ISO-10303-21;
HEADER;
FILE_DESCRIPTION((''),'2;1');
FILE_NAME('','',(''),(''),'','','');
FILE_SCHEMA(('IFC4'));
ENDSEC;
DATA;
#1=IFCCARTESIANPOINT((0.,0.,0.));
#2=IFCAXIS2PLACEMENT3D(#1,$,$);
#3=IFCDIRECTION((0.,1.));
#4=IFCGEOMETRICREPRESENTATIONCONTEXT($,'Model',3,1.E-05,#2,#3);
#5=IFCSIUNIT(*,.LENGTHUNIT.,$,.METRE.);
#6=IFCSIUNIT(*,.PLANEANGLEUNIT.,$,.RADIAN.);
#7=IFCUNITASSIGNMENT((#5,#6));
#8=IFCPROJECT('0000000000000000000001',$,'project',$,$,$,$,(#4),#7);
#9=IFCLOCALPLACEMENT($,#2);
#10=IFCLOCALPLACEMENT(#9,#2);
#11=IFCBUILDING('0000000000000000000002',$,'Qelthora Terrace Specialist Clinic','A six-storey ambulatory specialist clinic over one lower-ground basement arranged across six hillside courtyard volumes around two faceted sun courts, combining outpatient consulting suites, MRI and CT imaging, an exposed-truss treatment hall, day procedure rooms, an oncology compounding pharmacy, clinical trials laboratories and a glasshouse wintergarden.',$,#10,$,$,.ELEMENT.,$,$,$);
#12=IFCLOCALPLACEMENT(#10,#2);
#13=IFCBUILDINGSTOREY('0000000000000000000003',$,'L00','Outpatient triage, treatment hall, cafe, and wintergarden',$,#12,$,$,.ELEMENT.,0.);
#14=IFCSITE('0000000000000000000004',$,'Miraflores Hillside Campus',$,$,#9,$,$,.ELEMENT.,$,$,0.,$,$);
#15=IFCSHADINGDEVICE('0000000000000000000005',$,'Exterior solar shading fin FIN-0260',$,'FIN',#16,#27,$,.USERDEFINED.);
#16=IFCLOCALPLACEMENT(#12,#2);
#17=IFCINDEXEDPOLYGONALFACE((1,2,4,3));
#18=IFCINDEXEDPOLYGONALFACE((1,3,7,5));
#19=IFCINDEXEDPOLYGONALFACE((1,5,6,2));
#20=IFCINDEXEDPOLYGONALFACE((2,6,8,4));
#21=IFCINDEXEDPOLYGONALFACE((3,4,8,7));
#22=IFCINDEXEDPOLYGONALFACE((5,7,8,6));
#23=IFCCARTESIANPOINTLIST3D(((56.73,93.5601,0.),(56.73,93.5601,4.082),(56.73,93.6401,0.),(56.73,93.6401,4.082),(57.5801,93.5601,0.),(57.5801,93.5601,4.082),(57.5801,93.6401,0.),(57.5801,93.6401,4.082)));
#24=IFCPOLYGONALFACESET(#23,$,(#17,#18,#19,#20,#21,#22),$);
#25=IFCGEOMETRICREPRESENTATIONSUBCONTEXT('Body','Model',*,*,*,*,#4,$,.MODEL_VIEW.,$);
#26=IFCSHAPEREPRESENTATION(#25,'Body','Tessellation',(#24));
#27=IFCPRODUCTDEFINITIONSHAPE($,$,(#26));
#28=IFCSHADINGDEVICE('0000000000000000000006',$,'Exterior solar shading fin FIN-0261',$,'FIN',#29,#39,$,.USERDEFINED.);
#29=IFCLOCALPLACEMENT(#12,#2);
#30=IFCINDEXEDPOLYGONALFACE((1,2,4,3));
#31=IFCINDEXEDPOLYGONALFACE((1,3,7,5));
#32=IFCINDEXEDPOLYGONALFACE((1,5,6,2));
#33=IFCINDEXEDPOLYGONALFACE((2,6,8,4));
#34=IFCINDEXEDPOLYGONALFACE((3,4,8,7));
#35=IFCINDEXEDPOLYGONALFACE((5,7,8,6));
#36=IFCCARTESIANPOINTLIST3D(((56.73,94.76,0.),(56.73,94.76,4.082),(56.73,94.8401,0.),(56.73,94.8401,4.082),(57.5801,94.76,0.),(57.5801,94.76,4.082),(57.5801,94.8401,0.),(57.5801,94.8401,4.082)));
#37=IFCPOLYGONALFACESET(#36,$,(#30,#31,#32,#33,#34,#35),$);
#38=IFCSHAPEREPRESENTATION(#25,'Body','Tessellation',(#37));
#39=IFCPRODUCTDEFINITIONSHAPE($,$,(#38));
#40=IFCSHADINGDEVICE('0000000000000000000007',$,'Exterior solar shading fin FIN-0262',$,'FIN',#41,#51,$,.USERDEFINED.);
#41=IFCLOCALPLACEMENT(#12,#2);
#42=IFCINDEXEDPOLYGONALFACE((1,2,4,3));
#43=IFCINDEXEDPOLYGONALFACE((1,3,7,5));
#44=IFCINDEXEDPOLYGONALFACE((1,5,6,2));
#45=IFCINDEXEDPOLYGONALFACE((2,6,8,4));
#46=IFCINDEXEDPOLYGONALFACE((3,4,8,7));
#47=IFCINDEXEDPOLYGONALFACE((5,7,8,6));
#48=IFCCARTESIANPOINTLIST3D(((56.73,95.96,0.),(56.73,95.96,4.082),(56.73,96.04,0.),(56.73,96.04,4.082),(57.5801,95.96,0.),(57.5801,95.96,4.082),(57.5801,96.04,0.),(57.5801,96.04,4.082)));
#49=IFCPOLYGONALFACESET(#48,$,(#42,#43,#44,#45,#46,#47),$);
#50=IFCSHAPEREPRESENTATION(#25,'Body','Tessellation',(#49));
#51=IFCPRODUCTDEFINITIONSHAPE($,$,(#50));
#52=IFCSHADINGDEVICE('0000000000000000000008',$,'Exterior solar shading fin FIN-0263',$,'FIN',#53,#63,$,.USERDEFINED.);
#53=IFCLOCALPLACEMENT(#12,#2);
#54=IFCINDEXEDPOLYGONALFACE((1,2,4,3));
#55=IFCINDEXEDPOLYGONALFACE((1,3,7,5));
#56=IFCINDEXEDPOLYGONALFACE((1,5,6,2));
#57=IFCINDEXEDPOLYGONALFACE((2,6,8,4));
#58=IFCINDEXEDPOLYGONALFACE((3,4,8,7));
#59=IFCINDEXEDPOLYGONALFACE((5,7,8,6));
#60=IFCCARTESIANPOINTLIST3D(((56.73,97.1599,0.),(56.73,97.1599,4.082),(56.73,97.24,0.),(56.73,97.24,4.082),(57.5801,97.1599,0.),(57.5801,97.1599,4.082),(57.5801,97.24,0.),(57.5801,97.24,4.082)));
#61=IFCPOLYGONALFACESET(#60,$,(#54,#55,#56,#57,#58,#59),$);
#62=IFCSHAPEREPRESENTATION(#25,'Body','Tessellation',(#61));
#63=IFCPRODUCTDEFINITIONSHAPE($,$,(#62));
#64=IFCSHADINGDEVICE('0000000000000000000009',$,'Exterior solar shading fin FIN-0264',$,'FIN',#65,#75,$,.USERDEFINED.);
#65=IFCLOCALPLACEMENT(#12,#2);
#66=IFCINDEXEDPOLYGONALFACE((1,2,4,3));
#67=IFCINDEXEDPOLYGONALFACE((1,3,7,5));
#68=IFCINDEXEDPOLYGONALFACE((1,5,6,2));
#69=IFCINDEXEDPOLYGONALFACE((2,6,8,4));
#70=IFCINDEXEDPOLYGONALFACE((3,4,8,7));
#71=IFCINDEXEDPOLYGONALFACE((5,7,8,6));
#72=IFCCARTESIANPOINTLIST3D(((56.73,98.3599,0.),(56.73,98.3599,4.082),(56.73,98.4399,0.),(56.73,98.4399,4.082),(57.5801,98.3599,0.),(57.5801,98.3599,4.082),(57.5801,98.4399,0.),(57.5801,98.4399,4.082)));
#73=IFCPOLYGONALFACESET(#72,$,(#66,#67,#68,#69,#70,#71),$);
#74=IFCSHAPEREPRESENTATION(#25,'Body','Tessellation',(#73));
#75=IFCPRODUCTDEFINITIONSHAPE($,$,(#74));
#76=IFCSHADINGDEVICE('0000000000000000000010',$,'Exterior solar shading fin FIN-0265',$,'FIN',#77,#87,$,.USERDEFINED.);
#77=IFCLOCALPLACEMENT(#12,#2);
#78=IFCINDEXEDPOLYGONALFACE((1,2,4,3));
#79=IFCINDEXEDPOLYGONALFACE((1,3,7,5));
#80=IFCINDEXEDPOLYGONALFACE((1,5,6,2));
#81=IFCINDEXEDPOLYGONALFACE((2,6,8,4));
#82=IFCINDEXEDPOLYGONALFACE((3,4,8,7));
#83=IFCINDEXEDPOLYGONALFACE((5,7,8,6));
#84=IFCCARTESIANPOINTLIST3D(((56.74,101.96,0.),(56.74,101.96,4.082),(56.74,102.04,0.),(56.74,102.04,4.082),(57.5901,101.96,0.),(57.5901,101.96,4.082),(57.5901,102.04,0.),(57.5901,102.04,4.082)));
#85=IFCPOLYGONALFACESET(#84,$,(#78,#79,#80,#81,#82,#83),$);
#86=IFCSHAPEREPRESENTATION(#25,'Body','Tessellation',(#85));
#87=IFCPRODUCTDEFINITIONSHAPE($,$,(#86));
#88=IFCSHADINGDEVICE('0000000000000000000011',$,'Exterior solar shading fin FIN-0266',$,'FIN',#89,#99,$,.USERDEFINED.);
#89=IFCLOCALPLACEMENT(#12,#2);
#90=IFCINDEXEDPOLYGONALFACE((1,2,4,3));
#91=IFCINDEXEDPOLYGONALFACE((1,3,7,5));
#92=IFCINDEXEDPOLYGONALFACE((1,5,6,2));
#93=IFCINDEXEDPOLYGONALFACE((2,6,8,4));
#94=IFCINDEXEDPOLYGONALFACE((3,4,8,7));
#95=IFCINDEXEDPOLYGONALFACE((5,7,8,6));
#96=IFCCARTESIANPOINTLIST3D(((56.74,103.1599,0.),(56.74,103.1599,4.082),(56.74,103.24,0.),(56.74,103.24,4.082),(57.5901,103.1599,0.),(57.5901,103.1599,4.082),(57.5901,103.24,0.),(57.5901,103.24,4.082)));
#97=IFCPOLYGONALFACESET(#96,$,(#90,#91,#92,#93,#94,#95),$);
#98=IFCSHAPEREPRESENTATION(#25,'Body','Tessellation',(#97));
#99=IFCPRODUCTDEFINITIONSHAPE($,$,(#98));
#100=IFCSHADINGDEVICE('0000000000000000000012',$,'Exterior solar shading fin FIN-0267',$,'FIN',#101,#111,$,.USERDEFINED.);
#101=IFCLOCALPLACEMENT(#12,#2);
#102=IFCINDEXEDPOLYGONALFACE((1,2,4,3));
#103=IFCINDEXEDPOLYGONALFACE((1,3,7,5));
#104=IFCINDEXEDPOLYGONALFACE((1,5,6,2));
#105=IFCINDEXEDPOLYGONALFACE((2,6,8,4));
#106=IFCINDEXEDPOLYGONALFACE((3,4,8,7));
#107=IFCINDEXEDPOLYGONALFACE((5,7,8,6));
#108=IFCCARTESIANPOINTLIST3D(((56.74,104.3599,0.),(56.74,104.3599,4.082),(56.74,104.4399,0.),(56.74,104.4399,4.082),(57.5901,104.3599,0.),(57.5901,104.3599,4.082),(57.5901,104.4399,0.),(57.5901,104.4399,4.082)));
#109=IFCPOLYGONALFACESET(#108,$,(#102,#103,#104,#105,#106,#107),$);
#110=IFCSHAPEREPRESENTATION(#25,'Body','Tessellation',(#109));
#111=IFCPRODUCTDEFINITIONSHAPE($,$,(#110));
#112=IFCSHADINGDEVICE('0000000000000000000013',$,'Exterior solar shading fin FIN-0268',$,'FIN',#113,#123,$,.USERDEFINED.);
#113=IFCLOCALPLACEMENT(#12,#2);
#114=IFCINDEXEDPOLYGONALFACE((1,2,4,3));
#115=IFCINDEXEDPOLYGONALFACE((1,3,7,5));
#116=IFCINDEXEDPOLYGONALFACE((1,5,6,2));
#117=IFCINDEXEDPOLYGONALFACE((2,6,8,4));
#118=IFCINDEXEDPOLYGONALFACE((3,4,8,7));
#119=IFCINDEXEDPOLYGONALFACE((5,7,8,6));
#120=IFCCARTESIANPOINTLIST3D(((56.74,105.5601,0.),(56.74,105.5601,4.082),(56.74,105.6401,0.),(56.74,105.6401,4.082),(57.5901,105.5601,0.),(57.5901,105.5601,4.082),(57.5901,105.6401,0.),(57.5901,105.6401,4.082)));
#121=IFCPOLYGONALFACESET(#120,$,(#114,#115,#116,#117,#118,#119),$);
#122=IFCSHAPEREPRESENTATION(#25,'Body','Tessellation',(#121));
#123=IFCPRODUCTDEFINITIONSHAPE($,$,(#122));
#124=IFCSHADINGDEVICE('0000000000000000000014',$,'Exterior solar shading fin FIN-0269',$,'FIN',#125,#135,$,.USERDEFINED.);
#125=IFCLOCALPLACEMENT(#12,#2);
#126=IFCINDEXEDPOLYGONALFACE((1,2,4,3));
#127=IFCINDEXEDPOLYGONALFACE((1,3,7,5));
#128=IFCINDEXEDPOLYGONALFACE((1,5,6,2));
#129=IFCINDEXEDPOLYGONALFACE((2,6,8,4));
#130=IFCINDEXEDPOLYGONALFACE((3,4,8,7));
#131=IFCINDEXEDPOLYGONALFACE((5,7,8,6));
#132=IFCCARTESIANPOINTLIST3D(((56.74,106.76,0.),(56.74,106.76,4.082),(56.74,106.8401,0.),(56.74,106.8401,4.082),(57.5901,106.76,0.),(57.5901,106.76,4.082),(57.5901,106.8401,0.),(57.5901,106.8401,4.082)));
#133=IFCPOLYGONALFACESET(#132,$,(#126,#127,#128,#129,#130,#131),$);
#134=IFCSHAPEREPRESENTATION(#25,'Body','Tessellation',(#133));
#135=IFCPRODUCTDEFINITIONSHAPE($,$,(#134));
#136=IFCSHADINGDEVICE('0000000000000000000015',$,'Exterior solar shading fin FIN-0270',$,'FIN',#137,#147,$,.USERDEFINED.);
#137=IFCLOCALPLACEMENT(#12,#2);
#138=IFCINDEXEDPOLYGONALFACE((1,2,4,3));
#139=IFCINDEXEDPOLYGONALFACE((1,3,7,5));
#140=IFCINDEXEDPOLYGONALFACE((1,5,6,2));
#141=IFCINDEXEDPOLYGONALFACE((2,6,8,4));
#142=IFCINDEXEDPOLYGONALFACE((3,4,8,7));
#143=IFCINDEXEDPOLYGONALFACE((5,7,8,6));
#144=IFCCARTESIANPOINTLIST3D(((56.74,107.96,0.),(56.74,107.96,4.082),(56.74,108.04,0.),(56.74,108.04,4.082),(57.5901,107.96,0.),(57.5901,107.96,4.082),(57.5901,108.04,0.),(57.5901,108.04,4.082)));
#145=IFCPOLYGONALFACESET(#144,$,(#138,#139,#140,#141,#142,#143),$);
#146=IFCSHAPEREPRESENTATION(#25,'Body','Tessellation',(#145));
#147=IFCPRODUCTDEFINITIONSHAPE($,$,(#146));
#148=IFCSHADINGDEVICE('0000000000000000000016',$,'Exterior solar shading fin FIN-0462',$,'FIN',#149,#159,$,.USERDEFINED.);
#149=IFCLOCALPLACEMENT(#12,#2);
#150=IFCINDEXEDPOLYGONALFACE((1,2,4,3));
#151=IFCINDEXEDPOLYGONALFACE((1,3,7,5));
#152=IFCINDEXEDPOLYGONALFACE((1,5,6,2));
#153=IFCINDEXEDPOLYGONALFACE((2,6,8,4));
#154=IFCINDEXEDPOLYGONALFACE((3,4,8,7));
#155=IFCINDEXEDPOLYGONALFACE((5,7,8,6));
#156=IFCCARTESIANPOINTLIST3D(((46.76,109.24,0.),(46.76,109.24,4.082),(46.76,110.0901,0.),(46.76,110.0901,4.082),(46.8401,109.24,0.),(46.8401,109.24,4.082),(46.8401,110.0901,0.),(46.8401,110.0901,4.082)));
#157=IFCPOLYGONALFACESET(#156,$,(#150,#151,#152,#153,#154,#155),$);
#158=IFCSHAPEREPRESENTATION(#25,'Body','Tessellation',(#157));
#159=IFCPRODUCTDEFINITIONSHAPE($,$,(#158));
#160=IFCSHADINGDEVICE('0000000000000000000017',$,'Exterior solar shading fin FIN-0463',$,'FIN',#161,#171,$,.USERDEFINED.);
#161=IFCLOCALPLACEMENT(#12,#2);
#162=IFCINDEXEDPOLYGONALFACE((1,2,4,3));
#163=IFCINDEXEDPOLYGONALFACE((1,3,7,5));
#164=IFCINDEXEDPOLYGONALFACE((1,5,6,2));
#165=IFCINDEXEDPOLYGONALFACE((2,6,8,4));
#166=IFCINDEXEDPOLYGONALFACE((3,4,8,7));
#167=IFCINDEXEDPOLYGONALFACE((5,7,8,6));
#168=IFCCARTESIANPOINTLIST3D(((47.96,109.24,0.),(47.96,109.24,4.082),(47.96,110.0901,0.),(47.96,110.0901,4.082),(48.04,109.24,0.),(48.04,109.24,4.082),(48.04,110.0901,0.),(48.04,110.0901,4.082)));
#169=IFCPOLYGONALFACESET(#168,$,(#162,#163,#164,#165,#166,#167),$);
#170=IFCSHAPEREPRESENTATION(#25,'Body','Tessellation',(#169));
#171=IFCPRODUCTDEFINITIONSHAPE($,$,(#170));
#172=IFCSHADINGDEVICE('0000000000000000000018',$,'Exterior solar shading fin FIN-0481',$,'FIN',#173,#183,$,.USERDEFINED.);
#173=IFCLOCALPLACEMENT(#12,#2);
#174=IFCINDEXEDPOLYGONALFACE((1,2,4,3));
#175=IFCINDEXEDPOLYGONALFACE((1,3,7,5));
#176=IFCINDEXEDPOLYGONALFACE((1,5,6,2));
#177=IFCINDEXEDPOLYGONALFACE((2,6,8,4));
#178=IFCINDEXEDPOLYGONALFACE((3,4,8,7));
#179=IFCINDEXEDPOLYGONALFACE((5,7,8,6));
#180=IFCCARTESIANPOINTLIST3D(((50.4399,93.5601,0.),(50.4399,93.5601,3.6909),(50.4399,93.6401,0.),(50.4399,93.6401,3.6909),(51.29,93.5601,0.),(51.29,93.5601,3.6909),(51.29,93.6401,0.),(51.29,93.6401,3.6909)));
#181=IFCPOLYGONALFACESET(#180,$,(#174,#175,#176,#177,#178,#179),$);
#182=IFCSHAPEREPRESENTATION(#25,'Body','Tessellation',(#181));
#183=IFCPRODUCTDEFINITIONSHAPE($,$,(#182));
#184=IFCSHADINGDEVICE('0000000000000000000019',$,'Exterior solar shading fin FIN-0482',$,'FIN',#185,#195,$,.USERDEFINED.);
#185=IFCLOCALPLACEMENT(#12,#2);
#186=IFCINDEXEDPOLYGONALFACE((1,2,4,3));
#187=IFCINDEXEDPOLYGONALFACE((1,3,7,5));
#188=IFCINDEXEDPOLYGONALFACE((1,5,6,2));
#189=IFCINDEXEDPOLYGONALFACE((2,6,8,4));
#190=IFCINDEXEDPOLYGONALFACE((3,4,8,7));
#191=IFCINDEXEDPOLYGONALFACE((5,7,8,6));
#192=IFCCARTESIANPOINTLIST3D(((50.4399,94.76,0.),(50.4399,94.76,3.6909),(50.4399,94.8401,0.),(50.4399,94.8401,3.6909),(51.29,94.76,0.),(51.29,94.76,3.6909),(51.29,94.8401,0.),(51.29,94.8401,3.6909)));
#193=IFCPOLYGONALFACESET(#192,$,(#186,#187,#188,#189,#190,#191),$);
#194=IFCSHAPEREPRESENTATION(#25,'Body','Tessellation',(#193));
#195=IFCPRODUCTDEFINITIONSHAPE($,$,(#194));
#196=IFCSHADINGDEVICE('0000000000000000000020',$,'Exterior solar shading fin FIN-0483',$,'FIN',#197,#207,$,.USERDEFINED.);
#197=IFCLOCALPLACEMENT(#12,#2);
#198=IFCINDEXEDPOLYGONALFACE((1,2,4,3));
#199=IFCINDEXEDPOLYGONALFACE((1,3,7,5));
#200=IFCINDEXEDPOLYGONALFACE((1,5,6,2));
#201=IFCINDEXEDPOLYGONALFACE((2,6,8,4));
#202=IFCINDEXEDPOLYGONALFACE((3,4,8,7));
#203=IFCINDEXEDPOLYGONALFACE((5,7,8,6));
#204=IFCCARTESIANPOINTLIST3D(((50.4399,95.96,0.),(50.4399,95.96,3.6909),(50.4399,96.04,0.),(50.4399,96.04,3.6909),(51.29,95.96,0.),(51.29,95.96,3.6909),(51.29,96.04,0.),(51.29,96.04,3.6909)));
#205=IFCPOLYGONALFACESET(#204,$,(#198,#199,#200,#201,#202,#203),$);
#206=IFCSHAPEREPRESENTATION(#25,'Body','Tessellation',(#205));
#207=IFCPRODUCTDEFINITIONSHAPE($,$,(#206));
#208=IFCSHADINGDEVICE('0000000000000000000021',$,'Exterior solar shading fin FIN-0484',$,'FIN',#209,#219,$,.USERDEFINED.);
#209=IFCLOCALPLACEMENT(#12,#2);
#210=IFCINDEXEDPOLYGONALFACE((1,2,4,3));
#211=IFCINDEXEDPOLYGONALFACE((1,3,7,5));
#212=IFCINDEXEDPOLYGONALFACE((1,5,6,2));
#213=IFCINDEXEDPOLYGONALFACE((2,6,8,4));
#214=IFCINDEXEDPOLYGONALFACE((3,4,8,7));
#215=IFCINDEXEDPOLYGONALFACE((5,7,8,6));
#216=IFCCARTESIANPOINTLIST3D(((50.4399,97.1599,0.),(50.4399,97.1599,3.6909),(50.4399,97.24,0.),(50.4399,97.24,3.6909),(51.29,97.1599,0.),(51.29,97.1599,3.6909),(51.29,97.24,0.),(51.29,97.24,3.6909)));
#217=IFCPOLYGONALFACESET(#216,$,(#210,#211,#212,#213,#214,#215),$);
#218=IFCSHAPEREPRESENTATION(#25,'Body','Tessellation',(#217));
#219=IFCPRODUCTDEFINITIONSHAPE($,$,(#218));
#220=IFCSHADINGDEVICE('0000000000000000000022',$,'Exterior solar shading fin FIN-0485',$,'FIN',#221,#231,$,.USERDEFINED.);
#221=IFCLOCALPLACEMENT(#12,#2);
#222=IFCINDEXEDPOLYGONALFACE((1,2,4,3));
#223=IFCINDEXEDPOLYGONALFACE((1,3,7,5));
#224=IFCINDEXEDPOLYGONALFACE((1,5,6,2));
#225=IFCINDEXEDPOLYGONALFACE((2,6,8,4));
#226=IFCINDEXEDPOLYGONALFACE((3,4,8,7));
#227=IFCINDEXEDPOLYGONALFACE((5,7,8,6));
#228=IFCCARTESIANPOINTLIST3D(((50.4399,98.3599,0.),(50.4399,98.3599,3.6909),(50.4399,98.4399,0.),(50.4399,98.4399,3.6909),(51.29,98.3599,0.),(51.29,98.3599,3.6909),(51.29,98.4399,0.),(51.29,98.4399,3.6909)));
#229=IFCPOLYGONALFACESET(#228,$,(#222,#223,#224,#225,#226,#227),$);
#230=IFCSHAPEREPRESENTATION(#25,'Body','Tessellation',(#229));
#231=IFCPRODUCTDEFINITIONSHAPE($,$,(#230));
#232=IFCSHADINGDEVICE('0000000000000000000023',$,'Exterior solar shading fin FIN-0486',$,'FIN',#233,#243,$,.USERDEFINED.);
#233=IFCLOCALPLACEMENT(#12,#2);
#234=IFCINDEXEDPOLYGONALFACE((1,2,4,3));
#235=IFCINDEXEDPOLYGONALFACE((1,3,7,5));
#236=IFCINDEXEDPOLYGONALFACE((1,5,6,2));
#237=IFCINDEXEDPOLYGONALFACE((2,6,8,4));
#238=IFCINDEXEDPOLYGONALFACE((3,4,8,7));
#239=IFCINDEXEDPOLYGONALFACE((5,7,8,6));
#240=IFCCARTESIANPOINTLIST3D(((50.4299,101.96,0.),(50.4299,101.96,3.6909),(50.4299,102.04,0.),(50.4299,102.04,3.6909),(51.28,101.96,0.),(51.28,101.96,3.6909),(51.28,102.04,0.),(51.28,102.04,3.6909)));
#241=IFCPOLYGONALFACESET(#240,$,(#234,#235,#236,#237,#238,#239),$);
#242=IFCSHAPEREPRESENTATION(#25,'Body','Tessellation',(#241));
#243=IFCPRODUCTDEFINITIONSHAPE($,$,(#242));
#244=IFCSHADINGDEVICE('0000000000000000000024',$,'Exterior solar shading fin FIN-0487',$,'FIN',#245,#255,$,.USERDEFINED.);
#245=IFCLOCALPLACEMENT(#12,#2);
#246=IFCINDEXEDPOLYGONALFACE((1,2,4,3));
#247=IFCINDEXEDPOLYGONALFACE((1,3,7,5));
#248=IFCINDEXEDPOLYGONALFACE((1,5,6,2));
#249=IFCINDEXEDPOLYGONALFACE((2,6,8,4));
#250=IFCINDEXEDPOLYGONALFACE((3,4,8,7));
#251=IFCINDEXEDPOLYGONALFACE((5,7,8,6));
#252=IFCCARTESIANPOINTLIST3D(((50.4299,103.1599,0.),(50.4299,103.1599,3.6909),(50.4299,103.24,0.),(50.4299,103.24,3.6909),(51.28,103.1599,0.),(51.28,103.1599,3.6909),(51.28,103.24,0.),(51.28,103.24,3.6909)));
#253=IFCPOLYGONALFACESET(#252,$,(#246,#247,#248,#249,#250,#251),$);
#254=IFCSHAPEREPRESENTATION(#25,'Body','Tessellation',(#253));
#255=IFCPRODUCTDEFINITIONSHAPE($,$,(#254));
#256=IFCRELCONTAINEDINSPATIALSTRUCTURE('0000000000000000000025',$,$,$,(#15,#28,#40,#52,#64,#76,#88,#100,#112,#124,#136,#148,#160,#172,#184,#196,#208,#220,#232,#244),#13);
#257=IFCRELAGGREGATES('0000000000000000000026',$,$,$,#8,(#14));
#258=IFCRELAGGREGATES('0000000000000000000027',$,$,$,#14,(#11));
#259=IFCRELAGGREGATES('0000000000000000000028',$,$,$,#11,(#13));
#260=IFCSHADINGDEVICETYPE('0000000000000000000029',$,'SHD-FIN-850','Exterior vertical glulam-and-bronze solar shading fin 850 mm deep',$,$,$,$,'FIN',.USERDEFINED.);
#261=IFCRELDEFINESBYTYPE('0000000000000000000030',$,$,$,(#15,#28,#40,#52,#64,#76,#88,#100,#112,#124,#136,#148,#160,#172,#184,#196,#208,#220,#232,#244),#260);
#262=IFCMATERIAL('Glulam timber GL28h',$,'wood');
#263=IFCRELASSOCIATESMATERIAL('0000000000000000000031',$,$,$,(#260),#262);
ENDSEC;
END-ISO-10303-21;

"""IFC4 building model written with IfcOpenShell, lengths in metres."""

from ifc_helpers import new_model, si_unit, direction, frame, origin, origin_2d, place, context, subcontext, project, spatial, rectangle, extrude, material, type_object, element, save


model = new_model("IFC4")

# Units and contexts
model_context = context("Model", 3, precision=1e-05, world=origin(), true_north=direction((0.0, 1.0)))
body_context = subcontext(model_context, "Body", "Model", "MODEL_VIEW")
ifc_project = project(units=[si_unit("LENGTHUNIT", "METRE"), si_unit("PLANEANGLEUNIT", "RADIAN")], contexts=[model_context])

# Site, building, storey
site_placement = place(None, origin())
site = spatial("IfcSite", under=ifc_project, at=site_placement, Name="Miraflores Hillside Campus", CompositionType="ELEMENT", RefElevation=0.0)
building_placement = place(site_placement, origin())
building = spatial("IfcBuilding", under=site, at=building_placement, Name="Qelthora Terrace Specialist Clinic", Description="A six-storey ambulatory specialist clinic over one lower-ground basement arranged across six hillside courtyard volumes around two faceted sun courts, combining outpatient consulting suites, MRI and CT imaging, an exposed-truss treatment hall, day procedure rooms, an oncology compounding pharmacy, clinical trials laboratories and a glasshouse wintergarden.", CompositionType="ELEMENT")
storey_placement = place(building_placement, origin())
storey = spatial("IfcBuildingStorey", under=building, at=storey_placement, Name="L00", Description="Outpatient triage, treatment hall, cafe, and wintergarden", CompositionType="ELEMENT", Elevation=0.0)

# Shading devices
ifc_material_1 = material(Name="Glulam timber GL28h", Category="wood")
shading_device_type = type_object("IfcShadingDeviceType", Name="SHD-FIN-850", Description="Exterior vertical glulam-and-bronze solar shading fin 850 mm deep", ElementType="FIN", PredefinedType="USERDEFINED", material=ifc_material_1)
for number, where, z_axis, x_axis, name in (
    (1, (57.155, 93.6001, 0.0), (0.0, 0.0, 1.0), (-1.0, 0.0, 0.0), "Exterior solar shading fin FIN-0260"),
    (2, (57.155, 94.8, 0.0), (0.0, 0.0, 1.0), (-1.0, 0.0, 0.0), "Exterior solar shading fin FIN-0261"),
    (3, (57.155, 96.0, 0.0), (0.0, 0.0, 1.0), (-1.0, 0.0, 0.0), "Exterior solar shading fin FIN-0262"),
    (4, (57.155, 97.2, 0.0), (0.0, 0.0, 1.0), (-1.0, 0.0, 0.0), "Exterior solar shading fin FIN-0263"),
    (5, (57.155, 98.3999, 0.0), (0.0, 0.0, 1.0), (-1.0, 0.0, 0.0), "Exterior solar shading fin FIN-0264"),
    (6, (57.165, 102.0, 0.0), (0.0, 0.0, 1.0), (-1.0, 0.0, 0.0), "Exterior solar shading fin FIN-0265"),
    (7, (57.165, 103.2, 0.0), (0.0, 0.0, 1.0), (-1.0, 0.0, 0.0), "Exterior solar shading fin FIN-0266"),
    (8, (57.165, 104.3999, 0.0), (0.0, 0.0, 1.0), (-1.0, 0.0, 0.0), "Exterior solar shading fin FIN-0267"),
    (9, (57.165, 105.6001, 0.0), (0.0, 0.0, 1.0), (-1.0, 0.0, 0.0), "Exterior solar shading fin FIN-0268"),
    (10, (57.165, 106.8, 0.0), (0.0, 0.0, 1.0), (-1.0, 0.0, 0.0), "Exterior solar shading fin FIN-0269"),
    (11, (57.165, 108.0, 0.0), (0.0, 0.0, 1.0), (-1.0, 0.0, 0.0), "Exterior solar shading fin FIN-0270"),
    (12, (46.8, 109.665, 0.0), (0.0, 0.0, 1.0), (0.0, 1.0, 0.0), "Exterior solar shading fin FIN-0462"),
    (13, (48.0, 109.665, 0.0), (0.0, 0.0, 1.0), (0.0, 1.0, 0.0), "Exterior solar shading fin FIN-0463"),
):
    element("IfcShadingDevice", number, at=place(storey_placement, frame(where, z_axis=z_axis, x_axis=x_axis)), inside=storey, type_object=shading_device_type, Name=name, ObjectType="FIN", PredefinedType="USERDEFINED", context=body_context, shape_type="SweptSolid", body=[
        extrude(rectangle(XDim=0.8501, YDim=0.0801, at=origin_2d()), origin(), (0.0, 0.0, 1.0), 4.082),
    ])
for number, where, z_axis, x_axis, name in (
    (14, (50.865, 93.6001, 0.0), (0.0, 0.0, 1.0), (1.0, 0.0, 0.0), "Exterior solar shading fin FIN-0481"),
    (15, (50.865, 94.8, 0.0), (0.0, 0.0, 1.0), (1.0, 0.0, 0.0), "Exterior solar shading fin FIN-0482"),
    (16, (50.865, 96.0, 0.0), (0.0, 0.0, 1.0), (1.0, 0.0, 0.0), "Exterior solar shading fin FIN-0483"),
    (17, (50.865, 97.2, 0.0), (0.0, 0.0, 1.0), (1.0, 0.0, 0.0), "Exterior solar shading fin FIN-0484"),
    (18, (50.865, 98.3999, 0.0), (0.0, 0.0, 1.0), (1.0, 0.0, 0.0), "Exterior solar shading fin FIN-0485"),
    (19, (50.855, 102.0, 0.0), (0.0, 0.0, 1.0), (1.0, 0.0, 0.0), "Exterior solar shading fin FIN-0486"),
    (20, (50.855, 103.2, 0.0), (0.0, 0.0, 1.0), (1.0, 0.0, 0.0), "Exterior solar shading fin FIN-0487"),
):
    element("IfcShadingDevice", number, at=place(storey_placement, frame(where, z_axis=z_axis, x_axis=x_axis)), inside=storey, type_object=shading_device_type, Name=name, ObjectType="FIN", PredefinedType="USERDEFINED", context=body_context, shape_type="SweptSolid", body=[
        extrude(rectangle(XDim=0.8501, YDim=0.0801, at=origin_2d()), origin(), (0.0, 0.0, 1.0), 3.6909),
    ])

save(model, "model.ifc")
